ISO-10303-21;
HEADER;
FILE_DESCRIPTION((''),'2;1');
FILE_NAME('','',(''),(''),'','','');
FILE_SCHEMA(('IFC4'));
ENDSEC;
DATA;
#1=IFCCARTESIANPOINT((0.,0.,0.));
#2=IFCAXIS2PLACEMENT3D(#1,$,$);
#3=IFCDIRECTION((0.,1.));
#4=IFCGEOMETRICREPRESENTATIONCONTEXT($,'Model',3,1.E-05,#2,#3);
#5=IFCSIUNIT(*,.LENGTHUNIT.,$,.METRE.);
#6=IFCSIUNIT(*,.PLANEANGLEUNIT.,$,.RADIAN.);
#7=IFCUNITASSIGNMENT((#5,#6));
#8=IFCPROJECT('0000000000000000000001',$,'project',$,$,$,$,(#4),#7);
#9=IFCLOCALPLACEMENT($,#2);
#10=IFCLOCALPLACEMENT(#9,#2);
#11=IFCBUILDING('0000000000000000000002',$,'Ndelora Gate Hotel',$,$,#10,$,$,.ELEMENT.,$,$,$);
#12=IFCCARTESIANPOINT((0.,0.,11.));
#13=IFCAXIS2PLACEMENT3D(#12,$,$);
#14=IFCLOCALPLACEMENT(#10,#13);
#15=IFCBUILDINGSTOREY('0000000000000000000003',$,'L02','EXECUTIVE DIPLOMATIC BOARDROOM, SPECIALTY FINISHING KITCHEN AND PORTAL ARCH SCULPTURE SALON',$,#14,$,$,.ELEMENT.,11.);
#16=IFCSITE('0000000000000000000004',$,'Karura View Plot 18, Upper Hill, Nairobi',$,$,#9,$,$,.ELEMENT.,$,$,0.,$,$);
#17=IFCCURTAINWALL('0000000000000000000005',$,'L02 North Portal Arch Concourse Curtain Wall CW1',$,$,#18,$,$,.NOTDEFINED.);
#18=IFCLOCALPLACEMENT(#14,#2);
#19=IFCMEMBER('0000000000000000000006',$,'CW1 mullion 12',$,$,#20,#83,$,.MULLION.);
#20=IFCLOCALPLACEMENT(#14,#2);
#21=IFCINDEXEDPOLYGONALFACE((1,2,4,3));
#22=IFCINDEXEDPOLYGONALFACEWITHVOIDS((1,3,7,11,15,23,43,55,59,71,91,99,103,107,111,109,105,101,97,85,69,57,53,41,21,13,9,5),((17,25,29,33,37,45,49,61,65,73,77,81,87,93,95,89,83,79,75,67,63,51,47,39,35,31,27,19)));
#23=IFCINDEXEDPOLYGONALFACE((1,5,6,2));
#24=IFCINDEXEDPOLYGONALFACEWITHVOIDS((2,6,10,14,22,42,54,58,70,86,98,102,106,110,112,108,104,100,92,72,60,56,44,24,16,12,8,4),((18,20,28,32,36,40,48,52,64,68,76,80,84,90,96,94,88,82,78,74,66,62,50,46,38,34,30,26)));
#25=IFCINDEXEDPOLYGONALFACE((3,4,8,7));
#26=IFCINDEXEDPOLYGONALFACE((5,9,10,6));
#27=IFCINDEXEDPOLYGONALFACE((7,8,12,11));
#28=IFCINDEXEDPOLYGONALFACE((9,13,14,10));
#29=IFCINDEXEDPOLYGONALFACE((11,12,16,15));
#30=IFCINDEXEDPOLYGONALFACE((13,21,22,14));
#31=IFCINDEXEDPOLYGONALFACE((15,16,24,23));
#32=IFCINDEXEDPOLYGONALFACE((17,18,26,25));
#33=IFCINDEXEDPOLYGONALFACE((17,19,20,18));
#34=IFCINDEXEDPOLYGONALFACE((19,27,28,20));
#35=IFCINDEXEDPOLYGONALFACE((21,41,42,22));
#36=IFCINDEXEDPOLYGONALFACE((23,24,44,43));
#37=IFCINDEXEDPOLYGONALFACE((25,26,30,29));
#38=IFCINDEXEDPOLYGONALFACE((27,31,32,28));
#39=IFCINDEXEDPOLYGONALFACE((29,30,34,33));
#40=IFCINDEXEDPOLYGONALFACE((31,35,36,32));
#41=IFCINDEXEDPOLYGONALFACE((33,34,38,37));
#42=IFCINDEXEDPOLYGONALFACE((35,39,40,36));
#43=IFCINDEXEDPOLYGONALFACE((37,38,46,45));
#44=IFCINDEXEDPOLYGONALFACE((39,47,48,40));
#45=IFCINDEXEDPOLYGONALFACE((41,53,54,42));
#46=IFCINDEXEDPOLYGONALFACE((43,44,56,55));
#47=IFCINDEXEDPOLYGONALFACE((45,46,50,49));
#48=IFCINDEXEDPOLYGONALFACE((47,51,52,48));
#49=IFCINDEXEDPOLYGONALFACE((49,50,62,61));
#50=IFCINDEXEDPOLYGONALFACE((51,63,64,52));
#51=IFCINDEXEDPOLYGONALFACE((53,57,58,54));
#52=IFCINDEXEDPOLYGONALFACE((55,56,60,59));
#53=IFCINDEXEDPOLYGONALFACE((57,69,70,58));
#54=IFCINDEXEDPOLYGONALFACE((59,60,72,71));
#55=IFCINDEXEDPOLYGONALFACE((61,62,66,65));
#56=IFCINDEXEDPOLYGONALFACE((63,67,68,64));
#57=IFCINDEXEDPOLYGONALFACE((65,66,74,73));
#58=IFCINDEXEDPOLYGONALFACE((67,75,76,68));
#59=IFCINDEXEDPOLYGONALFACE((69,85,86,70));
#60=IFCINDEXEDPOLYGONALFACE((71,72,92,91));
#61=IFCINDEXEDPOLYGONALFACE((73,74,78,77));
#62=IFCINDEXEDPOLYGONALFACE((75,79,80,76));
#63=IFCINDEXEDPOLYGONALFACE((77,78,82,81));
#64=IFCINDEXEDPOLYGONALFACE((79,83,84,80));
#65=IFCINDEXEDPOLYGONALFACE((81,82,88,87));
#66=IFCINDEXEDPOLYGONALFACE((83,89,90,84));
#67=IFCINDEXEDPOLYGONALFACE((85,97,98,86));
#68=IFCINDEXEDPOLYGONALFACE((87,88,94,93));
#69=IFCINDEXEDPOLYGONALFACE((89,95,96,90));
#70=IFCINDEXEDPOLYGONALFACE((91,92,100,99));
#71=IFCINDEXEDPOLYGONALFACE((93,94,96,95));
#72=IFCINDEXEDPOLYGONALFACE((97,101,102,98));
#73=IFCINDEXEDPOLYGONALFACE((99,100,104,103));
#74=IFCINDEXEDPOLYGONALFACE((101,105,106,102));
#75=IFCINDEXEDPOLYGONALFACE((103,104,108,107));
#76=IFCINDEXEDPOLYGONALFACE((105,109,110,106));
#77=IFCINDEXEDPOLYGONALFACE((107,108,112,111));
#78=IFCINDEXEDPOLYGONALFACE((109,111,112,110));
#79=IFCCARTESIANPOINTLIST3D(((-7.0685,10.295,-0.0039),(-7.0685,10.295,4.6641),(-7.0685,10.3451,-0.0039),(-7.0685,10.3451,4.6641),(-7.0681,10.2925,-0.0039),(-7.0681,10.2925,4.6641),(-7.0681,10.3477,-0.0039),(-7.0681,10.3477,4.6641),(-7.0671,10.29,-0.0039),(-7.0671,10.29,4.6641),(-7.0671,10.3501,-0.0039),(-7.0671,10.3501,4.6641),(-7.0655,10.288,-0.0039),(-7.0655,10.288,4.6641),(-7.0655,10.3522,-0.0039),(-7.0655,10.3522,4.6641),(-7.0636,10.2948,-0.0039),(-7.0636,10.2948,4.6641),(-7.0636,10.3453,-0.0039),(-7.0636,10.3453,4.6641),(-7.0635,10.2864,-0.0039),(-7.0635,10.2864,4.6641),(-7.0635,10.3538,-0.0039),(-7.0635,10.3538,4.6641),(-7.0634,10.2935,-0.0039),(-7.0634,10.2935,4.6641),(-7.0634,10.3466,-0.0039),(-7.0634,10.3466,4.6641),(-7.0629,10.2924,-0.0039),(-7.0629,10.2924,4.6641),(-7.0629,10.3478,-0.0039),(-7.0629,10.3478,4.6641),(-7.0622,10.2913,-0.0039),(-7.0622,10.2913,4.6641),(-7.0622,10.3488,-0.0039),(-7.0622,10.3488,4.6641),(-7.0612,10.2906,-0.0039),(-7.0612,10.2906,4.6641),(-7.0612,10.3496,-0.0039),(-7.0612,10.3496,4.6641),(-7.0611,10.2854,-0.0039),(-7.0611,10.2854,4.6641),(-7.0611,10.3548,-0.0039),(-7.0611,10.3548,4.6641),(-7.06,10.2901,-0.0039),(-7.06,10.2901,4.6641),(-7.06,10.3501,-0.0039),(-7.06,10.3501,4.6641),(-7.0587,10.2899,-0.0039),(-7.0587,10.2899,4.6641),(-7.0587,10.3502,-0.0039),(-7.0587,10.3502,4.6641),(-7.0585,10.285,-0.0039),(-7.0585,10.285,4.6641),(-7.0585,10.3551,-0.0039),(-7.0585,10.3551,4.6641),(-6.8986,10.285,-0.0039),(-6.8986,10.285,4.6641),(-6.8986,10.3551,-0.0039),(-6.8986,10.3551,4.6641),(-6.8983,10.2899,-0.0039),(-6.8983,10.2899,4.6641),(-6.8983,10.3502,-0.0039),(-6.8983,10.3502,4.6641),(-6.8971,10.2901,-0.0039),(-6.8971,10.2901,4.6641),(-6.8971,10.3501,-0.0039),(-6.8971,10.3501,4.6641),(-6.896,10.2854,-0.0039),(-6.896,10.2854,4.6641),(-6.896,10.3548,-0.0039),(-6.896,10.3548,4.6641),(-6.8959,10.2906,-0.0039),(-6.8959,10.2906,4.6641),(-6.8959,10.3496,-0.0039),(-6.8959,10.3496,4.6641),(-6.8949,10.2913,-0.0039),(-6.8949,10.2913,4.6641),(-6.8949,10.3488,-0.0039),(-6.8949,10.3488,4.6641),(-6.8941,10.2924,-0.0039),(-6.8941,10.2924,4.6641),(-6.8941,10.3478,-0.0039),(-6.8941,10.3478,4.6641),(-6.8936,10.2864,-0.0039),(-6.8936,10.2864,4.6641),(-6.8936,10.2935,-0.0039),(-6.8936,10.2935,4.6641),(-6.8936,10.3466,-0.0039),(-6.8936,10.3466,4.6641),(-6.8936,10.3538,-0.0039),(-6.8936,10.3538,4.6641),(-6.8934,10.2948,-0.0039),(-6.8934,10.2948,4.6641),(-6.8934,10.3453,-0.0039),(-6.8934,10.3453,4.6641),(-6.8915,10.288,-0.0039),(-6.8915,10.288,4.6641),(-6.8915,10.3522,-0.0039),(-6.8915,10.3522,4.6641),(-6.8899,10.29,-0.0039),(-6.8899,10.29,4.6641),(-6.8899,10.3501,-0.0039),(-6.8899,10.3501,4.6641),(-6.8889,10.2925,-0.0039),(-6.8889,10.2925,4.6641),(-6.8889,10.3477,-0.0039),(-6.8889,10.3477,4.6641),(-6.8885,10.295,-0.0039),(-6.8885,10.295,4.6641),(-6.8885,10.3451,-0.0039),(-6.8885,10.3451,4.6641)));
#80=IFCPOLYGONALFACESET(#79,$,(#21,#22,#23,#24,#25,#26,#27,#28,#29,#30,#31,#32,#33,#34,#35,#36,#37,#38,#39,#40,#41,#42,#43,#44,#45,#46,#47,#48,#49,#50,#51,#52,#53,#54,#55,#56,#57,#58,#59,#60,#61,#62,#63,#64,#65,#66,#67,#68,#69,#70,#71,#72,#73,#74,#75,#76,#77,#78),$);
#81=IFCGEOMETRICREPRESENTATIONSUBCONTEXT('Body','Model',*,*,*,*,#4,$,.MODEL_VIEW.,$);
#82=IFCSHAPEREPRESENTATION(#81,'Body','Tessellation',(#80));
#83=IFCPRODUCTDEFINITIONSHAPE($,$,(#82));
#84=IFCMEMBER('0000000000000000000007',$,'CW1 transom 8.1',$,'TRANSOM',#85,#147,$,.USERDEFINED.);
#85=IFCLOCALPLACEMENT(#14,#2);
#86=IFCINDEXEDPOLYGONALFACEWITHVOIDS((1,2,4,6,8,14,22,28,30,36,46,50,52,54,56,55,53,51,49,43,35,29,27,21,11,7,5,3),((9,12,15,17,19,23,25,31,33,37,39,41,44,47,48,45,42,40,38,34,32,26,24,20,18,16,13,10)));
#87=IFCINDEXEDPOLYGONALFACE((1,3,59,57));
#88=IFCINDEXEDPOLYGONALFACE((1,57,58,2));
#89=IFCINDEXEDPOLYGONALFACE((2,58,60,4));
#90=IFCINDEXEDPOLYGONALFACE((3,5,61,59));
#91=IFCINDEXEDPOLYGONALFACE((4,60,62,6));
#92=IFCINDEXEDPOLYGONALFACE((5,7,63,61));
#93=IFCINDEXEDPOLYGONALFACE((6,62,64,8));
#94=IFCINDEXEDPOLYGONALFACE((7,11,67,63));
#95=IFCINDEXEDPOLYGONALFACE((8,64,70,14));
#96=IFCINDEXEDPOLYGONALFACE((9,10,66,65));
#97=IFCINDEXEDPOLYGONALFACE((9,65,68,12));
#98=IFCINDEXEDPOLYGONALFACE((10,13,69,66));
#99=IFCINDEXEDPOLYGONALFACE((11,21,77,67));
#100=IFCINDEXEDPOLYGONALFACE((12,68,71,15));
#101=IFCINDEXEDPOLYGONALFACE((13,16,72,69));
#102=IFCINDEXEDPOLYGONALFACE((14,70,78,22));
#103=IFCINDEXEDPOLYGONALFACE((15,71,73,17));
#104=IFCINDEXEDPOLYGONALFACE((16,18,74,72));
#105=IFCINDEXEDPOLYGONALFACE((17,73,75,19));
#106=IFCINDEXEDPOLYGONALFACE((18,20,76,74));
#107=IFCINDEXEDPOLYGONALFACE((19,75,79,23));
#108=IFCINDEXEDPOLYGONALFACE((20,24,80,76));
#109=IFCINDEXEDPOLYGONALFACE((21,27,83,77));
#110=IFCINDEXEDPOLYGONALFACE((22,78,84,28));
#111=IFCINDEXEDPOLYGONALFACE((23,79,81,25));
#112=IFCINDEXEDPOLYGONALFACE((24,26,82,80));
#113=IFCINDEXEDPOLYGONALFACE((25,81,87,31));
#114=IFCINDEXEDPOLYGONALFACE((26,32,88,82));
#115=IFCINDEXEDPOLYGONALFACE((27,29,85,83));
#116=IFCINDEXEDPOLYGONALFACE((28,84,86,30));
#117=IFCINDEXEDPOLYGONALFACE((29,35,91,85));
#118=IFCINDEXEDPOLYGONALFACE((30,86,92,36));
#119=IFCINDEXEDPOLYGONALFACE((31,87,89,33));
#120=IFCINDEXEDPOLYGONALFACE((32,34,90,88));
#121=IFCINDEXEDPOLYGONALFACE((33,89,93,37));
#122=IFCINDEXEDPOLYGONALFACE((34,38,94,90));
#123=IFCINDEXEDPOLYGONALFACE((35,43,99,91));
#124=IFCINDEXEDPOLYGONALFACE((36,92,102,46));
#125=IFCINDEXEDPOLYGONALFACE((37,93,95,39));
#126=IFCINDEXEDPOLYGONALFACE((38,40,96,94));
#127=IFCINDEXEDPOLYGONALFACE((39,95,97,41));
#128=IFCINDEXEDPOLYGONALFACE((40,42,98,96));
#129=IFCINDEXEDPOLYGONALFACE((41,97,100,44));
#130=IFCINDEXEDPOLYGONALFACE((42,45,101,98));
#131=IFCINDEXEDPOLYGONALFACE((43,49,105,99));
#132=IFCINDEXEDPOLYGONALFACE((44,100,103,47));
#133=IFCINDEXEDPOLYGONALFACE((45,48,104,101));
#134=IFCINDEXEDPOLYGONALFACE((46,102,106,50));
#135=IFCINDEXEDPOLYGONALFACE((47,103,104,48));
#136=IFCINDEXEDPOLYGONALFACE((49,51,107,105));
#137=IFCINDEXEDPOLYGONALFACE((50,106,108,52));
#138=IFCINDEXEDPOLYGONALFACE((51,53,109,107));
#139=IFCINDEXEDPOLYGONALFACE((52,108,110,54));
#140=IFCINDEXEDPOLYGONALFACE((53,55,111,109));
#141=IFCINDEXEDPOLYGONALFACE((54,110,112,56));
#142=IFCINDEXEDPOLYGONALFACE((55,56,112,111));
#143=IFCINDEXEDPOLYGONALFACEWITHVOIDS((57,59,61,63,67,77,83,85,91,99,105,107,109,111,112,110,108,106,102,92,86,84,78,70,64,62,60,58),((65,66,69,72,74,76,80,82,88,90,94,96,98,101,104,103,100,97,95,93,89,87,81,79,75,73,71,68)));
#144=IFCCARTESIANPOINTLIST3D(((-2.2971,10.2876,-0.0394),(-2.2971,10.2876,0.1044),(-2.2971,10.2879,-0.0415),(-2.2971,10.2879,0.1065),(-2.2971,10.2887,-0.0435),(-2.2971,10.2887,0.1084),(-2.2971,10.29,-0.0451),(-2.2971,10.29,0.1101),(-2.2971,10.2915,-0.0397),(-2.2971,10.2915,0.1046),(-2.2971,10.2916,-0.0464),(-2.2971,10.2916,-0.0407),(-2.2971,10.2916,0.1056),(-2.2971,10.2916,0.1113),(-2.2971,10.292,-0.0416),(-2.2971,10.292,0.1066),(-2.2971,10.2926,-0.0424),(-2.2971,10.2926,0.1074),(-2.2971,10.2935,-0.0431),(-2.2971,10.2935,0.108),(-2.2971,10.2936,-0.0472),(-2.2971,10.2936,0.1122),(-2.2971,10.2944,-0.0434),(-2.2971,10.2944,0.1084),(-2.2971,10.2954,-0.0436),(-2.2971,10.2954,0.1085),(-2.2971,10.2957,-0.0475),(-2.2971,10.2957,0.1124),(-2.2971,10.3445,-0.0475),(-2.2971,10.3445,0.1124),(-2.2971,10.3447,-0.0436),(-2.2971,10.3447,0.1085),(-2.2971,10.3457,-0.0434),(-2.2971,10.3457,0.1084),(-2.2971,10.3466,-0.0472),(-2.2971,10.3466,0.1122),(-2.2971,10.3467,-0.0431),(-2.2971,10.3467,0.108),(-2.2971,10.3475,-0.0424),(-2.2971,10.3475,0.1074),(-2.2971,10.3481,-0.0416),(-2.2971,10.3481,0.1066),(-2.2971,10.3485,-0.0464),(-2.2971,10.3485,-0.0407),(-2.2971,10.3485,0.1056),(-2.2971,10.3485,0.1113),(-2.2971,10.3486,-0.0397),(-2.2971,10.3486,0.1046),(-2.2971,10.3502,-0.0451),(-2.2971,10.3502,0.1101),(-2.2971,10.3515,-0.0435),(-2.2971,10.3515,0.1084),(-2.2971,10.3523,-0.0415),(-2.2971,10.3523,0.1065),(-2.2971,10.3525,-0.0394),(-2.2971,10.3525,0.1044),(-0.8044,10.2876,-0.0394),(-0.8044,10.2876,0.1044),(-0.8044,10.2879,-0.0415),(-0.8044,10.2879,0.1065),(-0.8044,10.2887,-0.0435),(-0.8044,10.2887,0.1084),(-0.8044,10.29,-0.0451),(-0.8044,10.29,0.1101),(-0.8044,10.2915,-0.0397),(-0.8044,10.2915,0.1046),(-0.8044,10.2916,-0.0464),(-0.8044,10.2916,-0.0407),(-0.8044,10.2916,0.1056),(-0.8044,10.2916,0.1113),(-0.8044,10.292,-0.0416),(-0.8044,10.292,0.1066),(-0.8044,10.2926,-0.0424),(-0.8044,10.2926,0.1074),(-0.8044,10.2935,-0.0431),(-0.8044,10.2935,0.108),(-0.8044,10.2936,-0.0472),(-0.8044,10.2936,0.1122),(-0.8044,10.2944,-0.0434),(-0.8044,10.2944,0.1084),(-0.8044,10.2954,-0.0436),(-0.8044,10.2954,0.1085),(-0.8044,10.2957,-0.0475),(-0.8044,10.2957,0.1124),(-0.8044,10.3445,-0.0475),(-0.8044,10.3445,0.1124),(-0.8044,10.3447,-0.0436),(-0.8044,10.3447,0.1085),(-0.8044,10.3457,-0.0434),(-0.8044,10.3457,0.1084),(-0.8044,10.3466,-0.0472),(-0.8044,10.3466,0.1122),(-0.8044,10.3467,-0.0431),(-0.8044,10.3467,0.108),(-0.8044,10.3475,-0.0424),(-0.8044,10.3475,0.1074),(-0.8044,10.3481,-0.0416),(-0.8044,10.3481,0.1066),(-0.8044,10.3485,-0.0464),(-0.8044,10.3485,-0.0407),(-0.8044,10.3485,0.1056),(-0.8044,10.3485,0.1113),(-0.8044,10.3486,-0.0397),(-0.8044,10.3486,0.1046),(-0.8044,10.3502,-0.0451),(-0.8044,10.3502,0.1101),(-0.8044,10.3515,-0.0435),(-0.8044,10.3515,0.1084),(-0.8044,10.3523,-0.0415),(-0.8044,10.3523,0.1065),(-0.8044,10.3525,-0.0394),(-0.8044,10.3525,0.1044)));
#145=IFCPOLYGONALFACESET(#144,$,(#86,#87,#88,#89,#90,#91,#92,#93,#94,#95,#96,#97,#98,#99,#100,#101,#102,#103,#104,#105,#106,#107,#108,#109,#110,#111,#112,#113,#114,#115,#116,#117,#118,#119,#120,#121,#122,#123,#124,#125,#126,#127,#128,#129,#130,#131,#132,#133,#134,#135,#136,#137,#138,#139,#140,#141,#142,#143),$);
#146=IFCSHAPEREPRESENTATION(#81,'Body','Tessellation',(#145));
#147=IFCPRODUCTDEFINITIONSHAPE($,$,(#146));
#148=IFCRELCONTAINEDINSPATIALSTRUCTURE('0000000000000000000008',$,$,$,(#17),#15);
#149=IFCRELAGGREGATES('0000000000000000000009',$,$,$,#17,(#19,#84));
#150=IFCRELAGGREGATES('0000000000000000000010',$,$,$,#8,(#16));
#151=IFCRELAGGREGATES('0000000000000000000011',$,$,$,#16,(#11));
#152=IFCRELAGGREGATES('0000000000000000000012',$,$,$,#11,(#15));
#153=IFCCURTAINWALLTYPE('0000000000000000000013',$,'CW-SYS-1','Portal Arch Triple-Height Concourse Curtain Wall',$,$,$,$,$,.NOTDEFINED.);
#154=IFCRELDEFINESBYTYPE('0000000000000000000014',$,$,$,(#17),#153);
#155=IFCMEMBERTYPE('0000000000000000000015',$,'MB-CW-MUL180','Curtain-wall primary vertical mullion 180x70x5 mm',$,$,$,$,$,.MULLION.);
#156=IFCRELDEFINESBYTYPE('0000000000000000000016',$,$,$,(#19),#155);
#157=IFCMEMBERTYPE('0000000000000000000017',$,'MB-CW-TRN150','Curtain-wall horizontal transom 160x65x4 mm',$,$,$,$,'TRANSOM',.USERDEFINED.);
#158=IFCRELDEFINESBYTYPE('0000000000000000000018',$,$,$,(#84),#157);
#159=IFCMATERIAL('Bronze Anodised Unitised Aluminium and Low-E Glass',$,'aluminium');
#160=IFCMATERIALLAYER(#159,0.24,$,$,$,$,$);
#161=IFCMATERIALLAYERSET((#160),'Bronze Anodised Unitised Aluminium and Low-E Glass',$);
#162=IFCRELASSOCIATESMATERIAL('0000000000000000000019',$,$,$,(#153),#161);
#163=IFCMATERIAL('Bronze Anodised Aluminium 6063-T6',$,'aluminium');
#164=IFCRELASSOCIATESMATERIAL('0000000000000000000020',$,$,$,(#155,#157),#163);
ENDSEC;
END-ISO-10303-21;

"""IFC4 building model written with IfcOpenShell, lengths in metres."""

from ifc_helpers import new_model, si_unit, direction, frame, origin, origin_2d, place, context, subcontext, project, spatial, hollow_rectangle, extrude, material, layer, layer_set, material_profile, profile_set, type_object, element, aggregate, save


model = new_model("IFC4")

# Units and contexts
model_context = context("Model", 3, precision=1e-05, world=origin(), true_north=direction((0.0, 1.0)))
body_context = subcontext(model_context, "Body", "Model", "MODEL_VIEW")
ifc_project = project(units=[si_unit("LENGTHUNIT", "METRE"), si_unit("PLANEANGLEUNIT", "RADIAN")], contexts=[model_context])

# Site, building, storey
site_placement = place(None, origin())
site = spatial("IfcSite", under=ifc_project, at=site_placement, Name="Karura View Plot 18, Upper Hill, Nairobi", CompositionType="ELEMENT", RefElevation=0.0)
building_placement = place(site_placement, origin())
building = spatial("IfcBuilding", under=site, at=building_placement, Name="Ndelora Gate Hotel", CompositionType="ELEMENT")
storey_placement = place(building_placement, frame((0.0, 0.0, 11.0)))
storey = spatial("IfcBuildingStorey", under=building, at=storey_placement, Name="L02", Description="EXECUTIVE DIPLOMATIC BOARDROOM, SPECIALTY FINISHING KITCHEN AND PORTAL ARCH SCULPTURE SALON", CompositionType="ELEMENT", Elevation=11.0)

# Curtain wall, members
ifc_material_1 = material(Name="Bronze Anodised Unitised Aluminium and Low-E Glass", Category="aluminium")
ifc_layer_1 = layer(ifc_material_1, 0.24)
ifc_layer_set_1 = layer_set([ifc_layer_1], Name="Bronze Anodised Unitised Aluminium and Low-E Glass")
curtain_wall_type = type_object("IfcCurtainWallType", Name="CW-SYS-1", Description="Portal Arch Triple-Height Concourse Curtain Wall", PredefinedType="NOTDEFINED", material=ifc_layer_set_1)
curtain_wall_placement = place(storey_placement, origin())
curtain_wall = element("IfcCurtainWall", 1, at=curtain_wall_placement, inside=storey, type_object=curtain_wall_type, Name="L02 North Portal Arch Concourse Curtain Wall CW1", PredefinedType="NOTDEFINED")
ifc_material_2 = material(Name="Bronze Anodised Aluminium 6063-T6", Category="aluminium")
ifc_material_profile_1 = material_profile(ifc_material_2, hollow_rectangle(XDim=0.0701, YDim=0.1799, WallThickness=0.0049, InnerFilletRadius=0.0049, OuterFilletRadius=0.01, at=origin_2d()), Name="ALU 180x70x5")
ifc_profile_set_1 = profile_set([ifc_material_profile_1], Name="Bronze Anodised Aluminium 6063-T6")
member_type_1 = type_object("IfcMemberType", Name="MB-CW-MUL180", Description="Curtain-wall primary vertical mullion 180x70x5 mm", PredefinedType="MULLION", material=ifc_profile_set_1)
member_1_placement = place(storey_placement, frame((-6.9785, 10.3201, -0.0039), z_axis=(0.0, 0.0, 1.0), x_axis=(0.0, -1.0, 0.0)))
member_1 = element("IfcMember", 2, at=member_1_placement, type_object=member_type_1, Name="CW1 mullion 12", PredefinedType="MULLION", context=body_context, shape_type="SweptSolid", body=[
    extrude(hollow_rectangle(XDim=0.0701, YDim=0.1799, WallThickness=0.0049, InnerFilletRadius=0.0049, OuterFilletRadius=0.01, at=origin_2d()), origin(), (0.0, 0.0, 1.0), 4.668),
])
ifc_material_profile_2 = material_profile(ifc_material_2, hollow_rectangle(XDim=0.0649, YDim=0.1599, WallThickness=0.0039, InnerFilletRadius=0.0039, OuterFilletRadius=0.0081, at=origin_2d()), Name="ALU 160x65x4")
ifc_profile_set_2 = profile_set([ifc_material_profile_2], Name="Bronze Anodised Aluminium 6063-T6")
member_type_2 = type_object("IfcMemberType", Name="MB-CW-TRN150", Description="Curtain-wall horizontal transom 160x65x4 mm", ElementType="TRANSOM", PredefinedType="USERDEFINED", material=ifc_profile_set_2)
member_2_placement = place(storey_placement, frame((-0.8044, 10.3201, 0.0325), z_axis=(-1.0, 0.0, 0.0), x_axis=(0.0, -1.0, 0.0)))
member_2 = element("IfcMember", 3, at=member_2_placement, type_object=member_type_2, Name="CW1 transom 8.1", ObjectType="TRANSOM", PredefinedType="USERDEFINED", context=body_context, shape_type="SweptSolid", body=[
    extrude(hollow_rectangle(XDim=0.0649, YDim=0.1599, WallThickness=0.0039, InnerFilletRadius=0.0039, OuterFilletRadius=0.0081, at=origin_2d()), origin(), (0.0, 0.0, 1.0), 1.4927),
])
aggregate(curtain_wall, [member_1, member_2])

save(model, "model.ifc")
